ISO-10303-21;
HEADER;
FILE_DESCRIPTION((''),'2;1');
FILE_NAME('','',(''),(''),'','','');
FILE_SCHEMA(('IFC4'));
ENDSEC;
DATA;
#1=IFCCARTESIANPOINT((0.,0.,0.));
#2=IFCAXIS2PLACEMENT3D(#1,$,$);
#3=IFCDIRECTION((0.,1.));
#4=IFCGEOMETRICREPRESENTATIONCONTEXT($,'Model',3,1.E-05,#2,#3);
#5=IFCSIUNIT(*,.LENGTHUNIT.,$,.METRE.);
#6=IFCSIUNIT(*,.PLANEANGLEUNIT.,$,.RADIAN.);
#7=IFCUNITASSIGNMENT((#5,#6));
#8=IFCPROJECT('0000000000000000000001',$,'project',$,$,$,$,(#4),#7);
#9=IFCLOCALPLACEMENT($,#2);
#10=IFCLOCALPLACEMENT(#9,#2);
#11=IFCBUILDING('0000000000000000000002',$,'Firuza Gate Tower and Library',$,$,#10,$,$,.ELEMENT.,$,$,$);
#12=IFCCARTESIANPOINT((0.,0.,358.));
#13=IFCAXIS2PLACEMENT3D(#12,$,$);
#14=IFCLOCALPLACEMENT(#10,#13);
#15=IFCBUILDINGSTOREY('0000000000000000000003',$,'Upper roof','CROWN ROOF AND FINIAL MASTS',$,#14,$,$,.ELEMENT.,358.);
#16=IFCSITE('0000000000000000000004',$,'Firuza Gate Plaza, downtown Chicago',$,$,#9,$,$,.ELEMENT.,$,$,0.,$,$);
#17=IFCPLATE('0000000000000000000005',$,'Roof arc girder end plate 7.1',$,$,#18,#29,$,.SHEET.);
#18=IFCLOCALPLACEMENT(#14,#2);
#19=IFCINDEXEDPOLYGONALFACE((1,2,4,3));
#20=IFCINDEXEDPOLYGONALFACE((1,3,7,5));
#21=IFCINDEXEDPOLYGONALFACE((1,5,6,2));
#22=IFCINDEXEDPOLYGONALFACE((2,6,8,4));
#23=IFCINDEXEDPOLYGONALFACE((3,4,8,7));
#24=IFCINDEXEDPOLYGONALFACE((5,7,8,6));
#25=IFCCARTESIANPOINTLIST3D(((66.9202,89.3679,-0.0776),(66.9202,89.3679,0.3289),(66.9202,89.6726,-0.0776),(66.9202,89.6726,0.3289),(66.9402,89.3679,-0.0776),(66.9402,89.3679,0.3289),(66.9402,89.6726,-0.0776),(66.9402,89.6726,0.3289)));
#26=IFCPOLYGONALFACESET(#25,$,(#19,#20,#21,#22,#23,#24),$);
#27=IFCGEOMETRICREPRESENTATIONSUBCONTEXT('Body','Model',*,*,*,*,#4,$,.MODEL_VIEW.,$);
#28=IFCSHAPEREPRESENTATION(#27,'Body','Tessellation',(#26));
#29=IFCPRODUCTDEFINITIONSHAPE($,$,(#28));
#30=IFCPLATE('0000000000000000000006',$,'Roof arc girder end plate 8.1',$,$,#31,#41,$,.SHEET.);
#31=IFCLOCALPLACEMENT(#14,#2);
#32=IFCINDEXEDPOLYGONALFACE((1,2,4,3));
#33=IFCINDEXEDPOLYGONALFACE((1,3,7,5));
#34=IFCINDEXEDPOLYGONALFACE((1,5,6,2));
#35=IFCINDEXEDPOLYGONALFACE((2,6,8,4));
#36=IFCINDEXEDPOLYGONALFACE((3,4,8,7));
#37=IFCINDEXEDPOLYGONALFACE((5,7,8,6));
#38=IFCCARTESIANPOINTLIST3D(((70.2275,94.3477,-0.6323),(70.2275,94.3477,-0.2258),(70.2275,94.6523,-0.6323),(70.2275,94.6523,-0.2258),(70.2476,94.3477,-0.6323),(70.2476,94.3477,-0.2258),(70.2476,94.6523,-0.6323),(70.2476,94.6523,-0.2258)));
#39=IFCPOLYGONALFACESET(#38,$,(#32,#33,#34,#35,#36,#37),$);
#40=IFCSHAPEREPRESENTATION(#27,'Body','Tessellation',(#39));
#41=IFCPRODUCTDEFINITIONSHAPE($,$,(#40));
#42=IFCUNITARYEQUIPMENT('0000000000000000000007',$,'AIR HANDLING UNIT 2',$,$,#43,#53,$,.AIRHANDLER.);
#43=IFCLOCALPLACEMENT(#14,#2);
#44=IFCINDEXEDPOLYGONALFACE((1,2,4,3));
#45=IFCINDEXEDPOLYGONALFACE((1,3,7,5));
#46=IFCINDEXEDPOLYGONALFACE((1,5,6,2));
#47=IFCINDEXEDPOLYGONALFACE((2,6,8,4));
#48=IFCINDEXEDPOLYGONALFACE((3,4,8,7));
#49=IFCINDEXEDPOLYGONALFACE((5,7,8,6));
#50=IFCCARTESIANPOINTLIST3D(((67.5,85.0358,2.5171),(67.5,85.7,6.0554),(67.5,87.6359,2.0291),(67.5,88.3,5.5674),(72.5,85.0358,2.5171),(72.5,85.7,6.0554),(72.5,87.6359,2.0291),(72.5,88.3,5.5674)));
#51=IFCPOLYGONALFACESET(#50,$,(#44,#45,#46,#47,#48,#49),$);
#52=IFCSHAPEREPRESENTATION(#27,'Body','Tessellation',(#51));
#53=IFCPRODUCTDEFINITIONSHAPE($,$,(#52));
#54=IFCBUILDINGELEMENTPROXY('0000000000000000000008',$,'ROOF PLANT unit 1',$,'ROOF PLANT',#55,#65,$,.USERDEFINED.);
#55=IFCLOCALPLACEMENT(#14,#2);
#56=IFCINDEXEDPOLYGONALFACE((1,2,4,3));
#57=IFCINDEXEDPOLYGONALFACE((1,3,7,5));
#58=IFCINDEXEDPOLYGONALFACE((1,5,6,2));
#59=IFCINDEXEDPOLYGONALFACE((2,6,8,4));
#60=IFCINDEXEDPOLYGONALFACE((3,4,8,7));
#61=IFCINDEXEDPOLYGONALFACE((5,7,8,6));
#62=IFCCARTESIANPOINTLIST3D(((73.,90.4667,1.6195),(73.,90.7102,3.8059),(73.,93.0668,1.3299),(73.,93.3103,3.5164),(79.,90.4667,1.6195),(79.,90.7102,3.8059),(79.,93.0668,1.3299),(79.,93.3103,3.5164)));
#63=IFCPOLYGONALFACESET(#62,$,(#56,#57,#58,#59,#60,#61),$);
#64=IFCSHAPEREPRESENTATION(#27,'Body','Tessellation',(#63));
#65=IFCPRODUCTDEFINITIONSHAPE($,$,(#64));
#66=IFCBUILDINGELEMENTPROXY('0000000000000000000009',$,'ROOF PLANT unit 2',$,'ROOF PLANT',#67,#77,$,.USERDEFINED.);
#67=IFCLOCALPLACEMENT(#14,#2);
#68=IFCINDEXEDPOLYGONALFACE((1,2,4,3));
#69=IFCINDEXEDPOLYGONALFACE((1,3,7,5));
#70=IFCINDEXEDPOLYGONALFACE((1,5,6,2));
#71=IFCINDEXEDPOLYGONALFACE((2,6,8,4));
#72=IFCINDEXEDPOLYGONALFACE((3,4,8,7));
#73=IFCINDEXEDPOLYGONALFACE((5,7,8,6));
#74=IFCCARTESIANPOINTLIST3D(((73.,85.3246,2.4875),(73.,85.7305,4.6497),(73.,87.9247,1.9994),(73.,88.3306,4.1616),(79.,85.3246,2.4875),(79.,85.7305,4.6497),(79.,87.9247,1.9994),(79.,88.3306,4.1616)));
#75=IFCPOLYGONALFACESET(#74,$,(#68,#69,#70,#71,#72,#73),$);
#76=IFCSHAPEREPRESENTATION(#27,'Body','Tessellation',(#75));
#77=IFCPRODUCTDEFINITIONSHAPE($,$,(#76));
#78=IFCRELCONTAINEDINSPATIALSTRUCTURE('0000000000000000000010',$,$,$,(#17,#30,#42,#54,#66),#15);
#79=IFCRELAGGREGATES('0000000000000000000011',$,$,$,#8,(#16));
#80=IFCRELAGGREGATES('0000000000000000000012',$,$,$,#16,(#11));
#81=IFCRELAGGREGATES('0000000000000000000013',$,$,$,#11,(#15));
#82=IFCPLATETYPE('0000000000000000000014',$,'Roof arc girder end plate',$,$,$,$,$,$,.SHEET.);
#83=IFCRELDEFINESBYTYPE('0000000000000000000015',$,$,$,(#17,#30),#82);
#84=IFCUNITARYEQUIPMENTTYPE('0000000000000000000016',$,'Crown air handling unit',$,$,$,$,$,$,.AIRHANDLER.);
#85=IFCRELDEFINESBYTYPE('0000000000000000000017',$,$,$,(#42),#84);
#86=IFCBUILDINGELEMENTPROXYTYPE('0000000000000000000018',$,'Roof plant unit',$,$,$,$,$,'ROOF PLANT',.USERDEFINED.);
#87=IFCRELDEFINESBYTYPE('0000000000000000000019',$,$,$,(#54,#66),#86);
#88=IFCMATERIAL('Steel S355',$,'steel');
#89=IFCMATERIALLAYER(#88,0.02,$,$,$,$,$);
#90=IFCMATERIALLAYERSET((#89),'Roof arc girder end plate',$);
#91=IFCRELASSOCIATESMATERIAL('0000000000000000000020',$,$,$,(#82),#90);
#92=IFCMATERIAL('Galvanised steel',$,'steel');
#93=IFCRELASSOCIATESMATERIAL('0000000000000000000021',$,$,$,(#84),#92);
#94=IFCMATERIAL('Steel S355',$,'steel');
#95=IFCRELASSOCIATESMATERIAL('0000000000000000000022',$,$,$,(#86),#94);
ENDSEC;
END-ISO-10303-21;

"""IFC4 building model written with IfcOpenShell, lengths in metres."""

from ifc_helpers import new_model, si_unit, direction, frame, origin, origin_2d, place, context, subcontext, project, spatial, polyline, rectangle, outline, extrude, material, layer, layer_set, type_object, element, save


model = new_model("IFC4")

# Units and contexts
model_context = context("Model", 3, precision=1e-05, world=origin(), true_north=direction((0.0, 1.0)))
body_context = subcontext(model_context, "Body", "Model", "MODEL_VIEW")
ifc_project = project(units=[si_unit("LENGTHUNIT", "METRE"), si_unit("PLANEANGLEUNIT", "RADIAN")], contexts=[model_context])

# Site, building, storey
site_placement = place(None, origin())
site = spatial("IfcSite", under=ifc_project, at=site_placement, Name="Firuza Gate Plaza, downtown Chicago", CompositionType="ELEMENT", RefElevation=0.0)
building_placement = place(site_placement, origin())
building = spatial("IfcBuilding", under=site, at=building_placement, Name="Firuza Gate Tower and Library", CompositionType="ELEMENT")
storey_placement = place(building_placement, frame((0.0, 0.0, 358.0)))
storey = spatial("IfcBuildingStorey", under=building, at=storey_placement, Name="Upper roof", Description="CROWN ROOF AND FINIAL MASTS", CompositionType="ELEMENT", Elevation=358.0)

# Plates
ifc_material_1 = material(Name="Steel S355", Category="steel")
ifc_layer_1 = layer(ifc_material_1, 0.02)
ifc_layer_set_1 = layer_set([ifc_layer_1], Name="Roof arc girder end plate")
plate_type_1 = type_object("IfcPlateType", Name="Roof arc girder end plate", PredefinedType="SHEET", material=ifc_layer_set_1)
for number, where, z_axis, x_axis, name in (
    (1, (66.9302, 89.5203, -0.0776), (0.0, 0.0, 1.0), (1.0, 0.0, 0.0), "Roof arc girder end plate 7.1"),
    (2, (70.2375, 94.5, -0.6323), (0.0, 0.0, 1.0), (1.0, 0.0, 0.0), "Roof arc girder end plate 8.1"),
):
    element("IfcPlate", number, at=place(storey_placement, frame(where, z_axis=z_axis, x_axis=x_axis)), inside=storey, type_object=plate_type_1, Name=name, PredefinedType="SHEET", context=body_context, shape_type="SweptSolid", body=[
        extrude(rectangle(XDim=0.02, YDim=0.3047, at=origin_2d()), origin(), (0.0, 0.0, 1.0), 0.4065),
    ])

# Unitary equipment
ifc_material_2 = material(Name="Galvanised steel", Category="steel")
unitary_equipment_type = type_object("IfcUnitaryEquipmentType", Name="Crown air handling unit", PredefinedType="AIRHANDLER", material=ifc_material_2)
unitary_equipment_placement = place(storey_placement, frame((67.5, 85.7, 6.0554), z_axis=(0.0, 0.184478, 0.982837), x_axis=(1.0, 0.0, 0.0)))
element("IfcUnitaryEquipment", 3, at=unitary_equipment_placement, inside=storey, type_object=unitary_equipment_type, Name="AIR HANDLING UNIT 2", PredefinedType="AIRHANDLER", context=body_context, shape_type="SweptSolid", body=[
    extrude(outline(polyline([(0.0, 0.0), (5.0, 0.0), (5.0, 2.6455), (0.0, 2.6455), (0.0, 0.0)])), origin(), (0.0, 0.0, -1.0), 3.6001),
])

# Building element proxies
ifc_material_3 = material(Name="Steel S355", Category="steel")
building_element_proxy_type = type_object("IfcBuildingElementProxyType", Name="Roof plant unit", ElementType="ROOF PLANT", PredefinedType="USERDEFINED", material=ifc_material_3)
proxy_1_placement = place(storey_placement, frame((73.0, 90.7102, 3.8059), z_axis=(0.0, 0.110677, 0.993856), x_axis=(1.0, 0.0, 0.0)))
element("IfcBuildingElementProxy", 4, at=proxy_1_placement, inside=storey, type_object=building_element_proxy_type, Name="ROOF PLANT unit 1", ObjectType="ROOF PLANT", PredefinedType="USERDEFINED", context=body_context, shape_type="SweptSolid", body=[
    extrude(outline(polyline([(0.0, 0.0), (6.0, 0.0), (6.0, 2.6162), (0.0, 2.6162), (0.0, 0.0)])), origin(), (0.0, 0.0, -1.0), 2.2),
])
proxy_2_placement = place(storey_placement, frame((73.0, 85.7305, 4.6497), z_axis=(0.0, 0.184478, 0.982837), x_axis=(1.0, 0.0, 0.0)))
element("IfcBuildingElementProxy", 5, at=proxy_2_placement, inside=storey, type_object=building_element_proxy_type, Name="ROOF PLANT unit 2", ObjectType="ROOF PLANT", PredefinedType="USERDEFINED", context=body_context, shape_type="SweptSolid", body=[
    extrude(outline(polyline([(0.0, 0.0), (6.0, 0.0), (6.0, 2.6455), (0.0, 2.6455), (0.0, 0.0)])), origin(), (0.0, 0.0, -1.0), 2.2),
])

save(model, "model.ifc")
